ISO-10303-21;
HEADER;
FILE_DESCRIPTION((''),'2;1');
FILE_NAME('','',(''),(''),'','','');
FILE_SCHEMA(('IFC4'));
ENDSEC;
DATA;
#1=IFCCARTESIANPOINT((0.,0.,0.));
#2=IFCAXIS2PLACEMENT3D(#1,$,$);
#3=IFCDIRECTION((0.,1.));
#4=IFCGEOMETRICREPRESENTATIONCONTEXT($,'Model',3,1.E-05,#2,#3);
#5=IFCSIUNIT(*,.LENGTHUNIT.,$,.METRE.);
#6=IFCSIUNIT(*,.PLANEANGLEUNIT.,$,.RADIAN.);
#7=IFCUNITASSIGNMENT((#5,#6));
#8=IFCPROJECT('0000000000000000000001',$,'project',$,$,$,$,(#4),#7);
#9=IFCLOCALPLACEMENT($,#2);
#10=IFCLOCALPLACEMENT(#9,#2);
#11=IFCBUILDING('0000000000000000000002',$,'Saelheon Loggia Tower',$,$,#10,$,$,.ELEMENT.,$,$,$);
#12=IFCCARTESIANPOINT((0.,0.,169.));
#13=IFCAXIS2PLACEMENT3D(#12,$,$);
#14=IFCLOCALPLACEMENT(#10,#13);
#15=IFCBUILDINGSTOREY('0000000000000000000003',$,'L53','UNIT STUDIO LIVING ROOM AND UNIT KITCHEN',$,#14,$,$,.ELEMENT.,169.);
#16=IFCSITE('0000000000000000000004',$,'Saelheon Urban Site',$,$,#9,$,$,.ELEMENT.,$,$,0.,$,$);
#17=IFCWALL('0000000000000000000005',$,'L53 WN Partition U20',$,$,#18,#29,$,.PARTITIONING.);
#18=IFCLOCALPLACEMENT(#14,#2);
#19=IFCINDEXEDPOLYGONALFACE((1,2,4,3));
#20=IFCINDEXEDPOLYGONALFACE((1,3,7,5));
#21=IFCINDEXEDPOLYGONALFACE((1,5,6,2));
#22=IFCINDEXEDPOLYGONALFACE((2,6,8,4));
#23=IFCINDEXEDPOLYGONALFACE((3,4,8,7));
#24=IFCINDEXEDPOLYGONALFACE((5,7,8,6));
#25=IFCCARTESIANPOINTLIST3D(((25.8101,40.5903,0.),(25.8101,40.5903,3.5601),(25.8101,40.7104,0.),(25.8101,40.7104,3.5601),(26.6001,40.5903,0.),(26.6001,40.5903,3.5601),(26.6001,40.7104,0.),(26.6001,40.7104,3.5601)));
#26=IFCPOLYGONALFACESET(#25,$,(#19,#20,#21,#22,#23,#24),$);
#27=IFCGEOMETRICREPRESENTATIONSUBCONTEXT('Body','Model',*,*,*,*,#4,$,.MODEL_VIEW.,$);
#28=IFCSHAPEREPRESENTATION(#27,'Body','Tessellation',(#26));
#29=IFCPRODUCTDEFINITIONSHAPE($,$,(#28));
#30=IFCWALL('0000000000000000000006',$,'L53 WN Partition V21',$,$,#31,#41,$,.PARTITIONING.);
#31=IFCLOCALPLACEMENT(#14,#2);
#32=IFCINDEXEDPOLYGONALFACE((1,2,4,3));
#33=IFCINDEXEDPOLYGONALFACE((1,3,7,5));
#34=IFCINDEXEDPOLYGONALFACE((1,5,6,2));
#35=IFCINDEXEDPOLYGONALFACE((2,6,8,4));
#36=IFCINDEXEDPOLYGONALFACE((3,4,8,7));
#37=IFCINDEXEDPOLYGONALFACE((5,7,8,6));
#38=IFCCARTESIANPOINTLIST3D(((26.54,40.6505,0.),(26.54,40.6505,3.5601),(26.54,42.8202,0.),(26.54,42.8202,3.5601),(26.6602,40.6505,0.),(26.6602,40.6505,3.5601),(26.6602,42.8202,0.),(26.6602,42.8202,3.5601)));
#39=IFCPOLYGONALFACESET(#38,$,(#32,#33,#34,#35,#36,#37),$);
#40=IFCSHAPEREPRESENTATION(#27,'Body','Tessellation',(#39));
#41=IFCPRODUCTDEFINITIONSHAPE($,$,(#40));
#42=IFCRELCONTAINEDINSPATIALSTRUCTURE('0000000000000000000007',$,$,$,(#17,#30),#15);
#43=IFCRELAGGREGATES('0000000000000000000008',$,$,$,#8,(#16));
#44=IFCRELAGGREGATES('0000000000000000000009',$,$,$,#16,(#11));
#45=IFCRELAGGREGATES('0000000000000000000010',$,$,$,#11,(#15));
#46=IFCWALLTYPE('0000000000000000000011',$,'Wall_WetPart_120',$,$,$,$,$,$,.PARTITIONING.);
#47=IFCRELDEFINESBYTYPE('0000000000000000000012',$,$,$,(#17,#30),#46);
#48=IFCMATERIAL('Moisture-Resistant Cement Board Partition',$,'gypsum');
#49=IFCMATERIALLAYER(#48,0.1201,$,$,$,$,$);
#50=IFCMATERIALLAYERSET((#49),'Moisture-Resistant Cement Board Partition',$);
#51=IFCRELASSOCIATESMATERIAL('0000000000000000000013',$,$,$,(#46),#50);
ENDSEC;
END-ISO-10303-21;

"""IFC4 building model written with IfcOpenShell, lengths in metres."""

from ifc_helpers import new_model, si_unit, direction, frame, frame_2d, origin, place, context, subcontext, project, spatial, rectangle, extrude, material, layer, layer_set, type_object, element, save


model = new_model("IFC4")

# Units and contexts
model_context = context("Model", 3, precision=1e-05, world=origin(), true_north=direction((0.0, 1.0)))
body_context = subcontext(model_context, "Body", "Model", "MODEL_VIEW")
ifc_project = project(units=[si_unit("LENGTHUNIT", "METRE"), si_unit("PLANEANGLEUNIT", "RADIAN")], contexts=[model_context])

# Site, building, storey
site_placement = place(None, origin())
site = spatial("IfcSite", under=ifc_project, at=site_placement, Name="Saelheon Urban Site", CompositionType="ELEMENT", RefElevation=0.0)
building_placement = place(site_placement, origin())
building = spatial("IfcBuilding", under=site, at=building_placement, Name="Saelheon Loggia Tower", CompositionType="ELEMENT")
storey_placement = place(building_placement, frame((0.0, 0.0, 169.0)))
storey = spatial("IfcBuildingStorey", under=building, at=storey_placement, Name="L53", Description="UNIT STUDIO LIVING ROOM AND UNIT KITCHEN", CompositionType="ELEMENT", Elevation=169.0)

# Walls
ifc_material_1 = material(Name="Moisture-Resistant Cement Board Partition", Category="gypsum")
ifc_layer_1 = layer(ifc_material_1, 0.1201)
ifc_layer_set_1 = layer_set([ifc_layer_1], Name="Moisture-Resistant Cement Board Partition")
wall_type_1 = type_object("IfcWallType", Name="Wall_WetPart_120", PredefinedType="PARTITIONING", material=ifc_layer_set_1)
wall_1_placement = place(storey_placement, frame((26.6001, 40.6504, 0.0), z_axis=(0.0, 0.0, 1.0), x_axis=(-1.0, 0.0, 0.0)))
element("IfcWall", 1, at=wall_1_placement, inside=storey, type_object=wall_type_1, Name="L53 WN Partition U20", PredefinedType="PARTITIONING", context=body_context, shape_type="SweptSolid", body=[
    extrude(rectangle(XDim=0.79, YDim=0.1201, at=frame_2d((0.395, 0.0))), origin(), (0.0, 0.0, 1.0), 3.5601),
])
wall_2_placement = place(storey_placement, frame((26.6001, 40.6504, 0.0), z_axis=(0.0, 0.0, 1.0), x_axis=(0.0, 1.0, 0.0)))
element("IfcWall", 2, at=wall_2_placement, inside=storey, type_object=wall_type_1, Name="L53 WN Partition V21", PredefinedType="PARTITIONING", context=body_context, shape_type="SweptSolid", body=[
    extrude(rectangle(XDim=2.1697, YDim=0.1201, at=frame_2d((1.085, 0.0))), origin(), (0.0, 0.0, 1.0), 3.5601),
])

save(model, "model.ifc")
